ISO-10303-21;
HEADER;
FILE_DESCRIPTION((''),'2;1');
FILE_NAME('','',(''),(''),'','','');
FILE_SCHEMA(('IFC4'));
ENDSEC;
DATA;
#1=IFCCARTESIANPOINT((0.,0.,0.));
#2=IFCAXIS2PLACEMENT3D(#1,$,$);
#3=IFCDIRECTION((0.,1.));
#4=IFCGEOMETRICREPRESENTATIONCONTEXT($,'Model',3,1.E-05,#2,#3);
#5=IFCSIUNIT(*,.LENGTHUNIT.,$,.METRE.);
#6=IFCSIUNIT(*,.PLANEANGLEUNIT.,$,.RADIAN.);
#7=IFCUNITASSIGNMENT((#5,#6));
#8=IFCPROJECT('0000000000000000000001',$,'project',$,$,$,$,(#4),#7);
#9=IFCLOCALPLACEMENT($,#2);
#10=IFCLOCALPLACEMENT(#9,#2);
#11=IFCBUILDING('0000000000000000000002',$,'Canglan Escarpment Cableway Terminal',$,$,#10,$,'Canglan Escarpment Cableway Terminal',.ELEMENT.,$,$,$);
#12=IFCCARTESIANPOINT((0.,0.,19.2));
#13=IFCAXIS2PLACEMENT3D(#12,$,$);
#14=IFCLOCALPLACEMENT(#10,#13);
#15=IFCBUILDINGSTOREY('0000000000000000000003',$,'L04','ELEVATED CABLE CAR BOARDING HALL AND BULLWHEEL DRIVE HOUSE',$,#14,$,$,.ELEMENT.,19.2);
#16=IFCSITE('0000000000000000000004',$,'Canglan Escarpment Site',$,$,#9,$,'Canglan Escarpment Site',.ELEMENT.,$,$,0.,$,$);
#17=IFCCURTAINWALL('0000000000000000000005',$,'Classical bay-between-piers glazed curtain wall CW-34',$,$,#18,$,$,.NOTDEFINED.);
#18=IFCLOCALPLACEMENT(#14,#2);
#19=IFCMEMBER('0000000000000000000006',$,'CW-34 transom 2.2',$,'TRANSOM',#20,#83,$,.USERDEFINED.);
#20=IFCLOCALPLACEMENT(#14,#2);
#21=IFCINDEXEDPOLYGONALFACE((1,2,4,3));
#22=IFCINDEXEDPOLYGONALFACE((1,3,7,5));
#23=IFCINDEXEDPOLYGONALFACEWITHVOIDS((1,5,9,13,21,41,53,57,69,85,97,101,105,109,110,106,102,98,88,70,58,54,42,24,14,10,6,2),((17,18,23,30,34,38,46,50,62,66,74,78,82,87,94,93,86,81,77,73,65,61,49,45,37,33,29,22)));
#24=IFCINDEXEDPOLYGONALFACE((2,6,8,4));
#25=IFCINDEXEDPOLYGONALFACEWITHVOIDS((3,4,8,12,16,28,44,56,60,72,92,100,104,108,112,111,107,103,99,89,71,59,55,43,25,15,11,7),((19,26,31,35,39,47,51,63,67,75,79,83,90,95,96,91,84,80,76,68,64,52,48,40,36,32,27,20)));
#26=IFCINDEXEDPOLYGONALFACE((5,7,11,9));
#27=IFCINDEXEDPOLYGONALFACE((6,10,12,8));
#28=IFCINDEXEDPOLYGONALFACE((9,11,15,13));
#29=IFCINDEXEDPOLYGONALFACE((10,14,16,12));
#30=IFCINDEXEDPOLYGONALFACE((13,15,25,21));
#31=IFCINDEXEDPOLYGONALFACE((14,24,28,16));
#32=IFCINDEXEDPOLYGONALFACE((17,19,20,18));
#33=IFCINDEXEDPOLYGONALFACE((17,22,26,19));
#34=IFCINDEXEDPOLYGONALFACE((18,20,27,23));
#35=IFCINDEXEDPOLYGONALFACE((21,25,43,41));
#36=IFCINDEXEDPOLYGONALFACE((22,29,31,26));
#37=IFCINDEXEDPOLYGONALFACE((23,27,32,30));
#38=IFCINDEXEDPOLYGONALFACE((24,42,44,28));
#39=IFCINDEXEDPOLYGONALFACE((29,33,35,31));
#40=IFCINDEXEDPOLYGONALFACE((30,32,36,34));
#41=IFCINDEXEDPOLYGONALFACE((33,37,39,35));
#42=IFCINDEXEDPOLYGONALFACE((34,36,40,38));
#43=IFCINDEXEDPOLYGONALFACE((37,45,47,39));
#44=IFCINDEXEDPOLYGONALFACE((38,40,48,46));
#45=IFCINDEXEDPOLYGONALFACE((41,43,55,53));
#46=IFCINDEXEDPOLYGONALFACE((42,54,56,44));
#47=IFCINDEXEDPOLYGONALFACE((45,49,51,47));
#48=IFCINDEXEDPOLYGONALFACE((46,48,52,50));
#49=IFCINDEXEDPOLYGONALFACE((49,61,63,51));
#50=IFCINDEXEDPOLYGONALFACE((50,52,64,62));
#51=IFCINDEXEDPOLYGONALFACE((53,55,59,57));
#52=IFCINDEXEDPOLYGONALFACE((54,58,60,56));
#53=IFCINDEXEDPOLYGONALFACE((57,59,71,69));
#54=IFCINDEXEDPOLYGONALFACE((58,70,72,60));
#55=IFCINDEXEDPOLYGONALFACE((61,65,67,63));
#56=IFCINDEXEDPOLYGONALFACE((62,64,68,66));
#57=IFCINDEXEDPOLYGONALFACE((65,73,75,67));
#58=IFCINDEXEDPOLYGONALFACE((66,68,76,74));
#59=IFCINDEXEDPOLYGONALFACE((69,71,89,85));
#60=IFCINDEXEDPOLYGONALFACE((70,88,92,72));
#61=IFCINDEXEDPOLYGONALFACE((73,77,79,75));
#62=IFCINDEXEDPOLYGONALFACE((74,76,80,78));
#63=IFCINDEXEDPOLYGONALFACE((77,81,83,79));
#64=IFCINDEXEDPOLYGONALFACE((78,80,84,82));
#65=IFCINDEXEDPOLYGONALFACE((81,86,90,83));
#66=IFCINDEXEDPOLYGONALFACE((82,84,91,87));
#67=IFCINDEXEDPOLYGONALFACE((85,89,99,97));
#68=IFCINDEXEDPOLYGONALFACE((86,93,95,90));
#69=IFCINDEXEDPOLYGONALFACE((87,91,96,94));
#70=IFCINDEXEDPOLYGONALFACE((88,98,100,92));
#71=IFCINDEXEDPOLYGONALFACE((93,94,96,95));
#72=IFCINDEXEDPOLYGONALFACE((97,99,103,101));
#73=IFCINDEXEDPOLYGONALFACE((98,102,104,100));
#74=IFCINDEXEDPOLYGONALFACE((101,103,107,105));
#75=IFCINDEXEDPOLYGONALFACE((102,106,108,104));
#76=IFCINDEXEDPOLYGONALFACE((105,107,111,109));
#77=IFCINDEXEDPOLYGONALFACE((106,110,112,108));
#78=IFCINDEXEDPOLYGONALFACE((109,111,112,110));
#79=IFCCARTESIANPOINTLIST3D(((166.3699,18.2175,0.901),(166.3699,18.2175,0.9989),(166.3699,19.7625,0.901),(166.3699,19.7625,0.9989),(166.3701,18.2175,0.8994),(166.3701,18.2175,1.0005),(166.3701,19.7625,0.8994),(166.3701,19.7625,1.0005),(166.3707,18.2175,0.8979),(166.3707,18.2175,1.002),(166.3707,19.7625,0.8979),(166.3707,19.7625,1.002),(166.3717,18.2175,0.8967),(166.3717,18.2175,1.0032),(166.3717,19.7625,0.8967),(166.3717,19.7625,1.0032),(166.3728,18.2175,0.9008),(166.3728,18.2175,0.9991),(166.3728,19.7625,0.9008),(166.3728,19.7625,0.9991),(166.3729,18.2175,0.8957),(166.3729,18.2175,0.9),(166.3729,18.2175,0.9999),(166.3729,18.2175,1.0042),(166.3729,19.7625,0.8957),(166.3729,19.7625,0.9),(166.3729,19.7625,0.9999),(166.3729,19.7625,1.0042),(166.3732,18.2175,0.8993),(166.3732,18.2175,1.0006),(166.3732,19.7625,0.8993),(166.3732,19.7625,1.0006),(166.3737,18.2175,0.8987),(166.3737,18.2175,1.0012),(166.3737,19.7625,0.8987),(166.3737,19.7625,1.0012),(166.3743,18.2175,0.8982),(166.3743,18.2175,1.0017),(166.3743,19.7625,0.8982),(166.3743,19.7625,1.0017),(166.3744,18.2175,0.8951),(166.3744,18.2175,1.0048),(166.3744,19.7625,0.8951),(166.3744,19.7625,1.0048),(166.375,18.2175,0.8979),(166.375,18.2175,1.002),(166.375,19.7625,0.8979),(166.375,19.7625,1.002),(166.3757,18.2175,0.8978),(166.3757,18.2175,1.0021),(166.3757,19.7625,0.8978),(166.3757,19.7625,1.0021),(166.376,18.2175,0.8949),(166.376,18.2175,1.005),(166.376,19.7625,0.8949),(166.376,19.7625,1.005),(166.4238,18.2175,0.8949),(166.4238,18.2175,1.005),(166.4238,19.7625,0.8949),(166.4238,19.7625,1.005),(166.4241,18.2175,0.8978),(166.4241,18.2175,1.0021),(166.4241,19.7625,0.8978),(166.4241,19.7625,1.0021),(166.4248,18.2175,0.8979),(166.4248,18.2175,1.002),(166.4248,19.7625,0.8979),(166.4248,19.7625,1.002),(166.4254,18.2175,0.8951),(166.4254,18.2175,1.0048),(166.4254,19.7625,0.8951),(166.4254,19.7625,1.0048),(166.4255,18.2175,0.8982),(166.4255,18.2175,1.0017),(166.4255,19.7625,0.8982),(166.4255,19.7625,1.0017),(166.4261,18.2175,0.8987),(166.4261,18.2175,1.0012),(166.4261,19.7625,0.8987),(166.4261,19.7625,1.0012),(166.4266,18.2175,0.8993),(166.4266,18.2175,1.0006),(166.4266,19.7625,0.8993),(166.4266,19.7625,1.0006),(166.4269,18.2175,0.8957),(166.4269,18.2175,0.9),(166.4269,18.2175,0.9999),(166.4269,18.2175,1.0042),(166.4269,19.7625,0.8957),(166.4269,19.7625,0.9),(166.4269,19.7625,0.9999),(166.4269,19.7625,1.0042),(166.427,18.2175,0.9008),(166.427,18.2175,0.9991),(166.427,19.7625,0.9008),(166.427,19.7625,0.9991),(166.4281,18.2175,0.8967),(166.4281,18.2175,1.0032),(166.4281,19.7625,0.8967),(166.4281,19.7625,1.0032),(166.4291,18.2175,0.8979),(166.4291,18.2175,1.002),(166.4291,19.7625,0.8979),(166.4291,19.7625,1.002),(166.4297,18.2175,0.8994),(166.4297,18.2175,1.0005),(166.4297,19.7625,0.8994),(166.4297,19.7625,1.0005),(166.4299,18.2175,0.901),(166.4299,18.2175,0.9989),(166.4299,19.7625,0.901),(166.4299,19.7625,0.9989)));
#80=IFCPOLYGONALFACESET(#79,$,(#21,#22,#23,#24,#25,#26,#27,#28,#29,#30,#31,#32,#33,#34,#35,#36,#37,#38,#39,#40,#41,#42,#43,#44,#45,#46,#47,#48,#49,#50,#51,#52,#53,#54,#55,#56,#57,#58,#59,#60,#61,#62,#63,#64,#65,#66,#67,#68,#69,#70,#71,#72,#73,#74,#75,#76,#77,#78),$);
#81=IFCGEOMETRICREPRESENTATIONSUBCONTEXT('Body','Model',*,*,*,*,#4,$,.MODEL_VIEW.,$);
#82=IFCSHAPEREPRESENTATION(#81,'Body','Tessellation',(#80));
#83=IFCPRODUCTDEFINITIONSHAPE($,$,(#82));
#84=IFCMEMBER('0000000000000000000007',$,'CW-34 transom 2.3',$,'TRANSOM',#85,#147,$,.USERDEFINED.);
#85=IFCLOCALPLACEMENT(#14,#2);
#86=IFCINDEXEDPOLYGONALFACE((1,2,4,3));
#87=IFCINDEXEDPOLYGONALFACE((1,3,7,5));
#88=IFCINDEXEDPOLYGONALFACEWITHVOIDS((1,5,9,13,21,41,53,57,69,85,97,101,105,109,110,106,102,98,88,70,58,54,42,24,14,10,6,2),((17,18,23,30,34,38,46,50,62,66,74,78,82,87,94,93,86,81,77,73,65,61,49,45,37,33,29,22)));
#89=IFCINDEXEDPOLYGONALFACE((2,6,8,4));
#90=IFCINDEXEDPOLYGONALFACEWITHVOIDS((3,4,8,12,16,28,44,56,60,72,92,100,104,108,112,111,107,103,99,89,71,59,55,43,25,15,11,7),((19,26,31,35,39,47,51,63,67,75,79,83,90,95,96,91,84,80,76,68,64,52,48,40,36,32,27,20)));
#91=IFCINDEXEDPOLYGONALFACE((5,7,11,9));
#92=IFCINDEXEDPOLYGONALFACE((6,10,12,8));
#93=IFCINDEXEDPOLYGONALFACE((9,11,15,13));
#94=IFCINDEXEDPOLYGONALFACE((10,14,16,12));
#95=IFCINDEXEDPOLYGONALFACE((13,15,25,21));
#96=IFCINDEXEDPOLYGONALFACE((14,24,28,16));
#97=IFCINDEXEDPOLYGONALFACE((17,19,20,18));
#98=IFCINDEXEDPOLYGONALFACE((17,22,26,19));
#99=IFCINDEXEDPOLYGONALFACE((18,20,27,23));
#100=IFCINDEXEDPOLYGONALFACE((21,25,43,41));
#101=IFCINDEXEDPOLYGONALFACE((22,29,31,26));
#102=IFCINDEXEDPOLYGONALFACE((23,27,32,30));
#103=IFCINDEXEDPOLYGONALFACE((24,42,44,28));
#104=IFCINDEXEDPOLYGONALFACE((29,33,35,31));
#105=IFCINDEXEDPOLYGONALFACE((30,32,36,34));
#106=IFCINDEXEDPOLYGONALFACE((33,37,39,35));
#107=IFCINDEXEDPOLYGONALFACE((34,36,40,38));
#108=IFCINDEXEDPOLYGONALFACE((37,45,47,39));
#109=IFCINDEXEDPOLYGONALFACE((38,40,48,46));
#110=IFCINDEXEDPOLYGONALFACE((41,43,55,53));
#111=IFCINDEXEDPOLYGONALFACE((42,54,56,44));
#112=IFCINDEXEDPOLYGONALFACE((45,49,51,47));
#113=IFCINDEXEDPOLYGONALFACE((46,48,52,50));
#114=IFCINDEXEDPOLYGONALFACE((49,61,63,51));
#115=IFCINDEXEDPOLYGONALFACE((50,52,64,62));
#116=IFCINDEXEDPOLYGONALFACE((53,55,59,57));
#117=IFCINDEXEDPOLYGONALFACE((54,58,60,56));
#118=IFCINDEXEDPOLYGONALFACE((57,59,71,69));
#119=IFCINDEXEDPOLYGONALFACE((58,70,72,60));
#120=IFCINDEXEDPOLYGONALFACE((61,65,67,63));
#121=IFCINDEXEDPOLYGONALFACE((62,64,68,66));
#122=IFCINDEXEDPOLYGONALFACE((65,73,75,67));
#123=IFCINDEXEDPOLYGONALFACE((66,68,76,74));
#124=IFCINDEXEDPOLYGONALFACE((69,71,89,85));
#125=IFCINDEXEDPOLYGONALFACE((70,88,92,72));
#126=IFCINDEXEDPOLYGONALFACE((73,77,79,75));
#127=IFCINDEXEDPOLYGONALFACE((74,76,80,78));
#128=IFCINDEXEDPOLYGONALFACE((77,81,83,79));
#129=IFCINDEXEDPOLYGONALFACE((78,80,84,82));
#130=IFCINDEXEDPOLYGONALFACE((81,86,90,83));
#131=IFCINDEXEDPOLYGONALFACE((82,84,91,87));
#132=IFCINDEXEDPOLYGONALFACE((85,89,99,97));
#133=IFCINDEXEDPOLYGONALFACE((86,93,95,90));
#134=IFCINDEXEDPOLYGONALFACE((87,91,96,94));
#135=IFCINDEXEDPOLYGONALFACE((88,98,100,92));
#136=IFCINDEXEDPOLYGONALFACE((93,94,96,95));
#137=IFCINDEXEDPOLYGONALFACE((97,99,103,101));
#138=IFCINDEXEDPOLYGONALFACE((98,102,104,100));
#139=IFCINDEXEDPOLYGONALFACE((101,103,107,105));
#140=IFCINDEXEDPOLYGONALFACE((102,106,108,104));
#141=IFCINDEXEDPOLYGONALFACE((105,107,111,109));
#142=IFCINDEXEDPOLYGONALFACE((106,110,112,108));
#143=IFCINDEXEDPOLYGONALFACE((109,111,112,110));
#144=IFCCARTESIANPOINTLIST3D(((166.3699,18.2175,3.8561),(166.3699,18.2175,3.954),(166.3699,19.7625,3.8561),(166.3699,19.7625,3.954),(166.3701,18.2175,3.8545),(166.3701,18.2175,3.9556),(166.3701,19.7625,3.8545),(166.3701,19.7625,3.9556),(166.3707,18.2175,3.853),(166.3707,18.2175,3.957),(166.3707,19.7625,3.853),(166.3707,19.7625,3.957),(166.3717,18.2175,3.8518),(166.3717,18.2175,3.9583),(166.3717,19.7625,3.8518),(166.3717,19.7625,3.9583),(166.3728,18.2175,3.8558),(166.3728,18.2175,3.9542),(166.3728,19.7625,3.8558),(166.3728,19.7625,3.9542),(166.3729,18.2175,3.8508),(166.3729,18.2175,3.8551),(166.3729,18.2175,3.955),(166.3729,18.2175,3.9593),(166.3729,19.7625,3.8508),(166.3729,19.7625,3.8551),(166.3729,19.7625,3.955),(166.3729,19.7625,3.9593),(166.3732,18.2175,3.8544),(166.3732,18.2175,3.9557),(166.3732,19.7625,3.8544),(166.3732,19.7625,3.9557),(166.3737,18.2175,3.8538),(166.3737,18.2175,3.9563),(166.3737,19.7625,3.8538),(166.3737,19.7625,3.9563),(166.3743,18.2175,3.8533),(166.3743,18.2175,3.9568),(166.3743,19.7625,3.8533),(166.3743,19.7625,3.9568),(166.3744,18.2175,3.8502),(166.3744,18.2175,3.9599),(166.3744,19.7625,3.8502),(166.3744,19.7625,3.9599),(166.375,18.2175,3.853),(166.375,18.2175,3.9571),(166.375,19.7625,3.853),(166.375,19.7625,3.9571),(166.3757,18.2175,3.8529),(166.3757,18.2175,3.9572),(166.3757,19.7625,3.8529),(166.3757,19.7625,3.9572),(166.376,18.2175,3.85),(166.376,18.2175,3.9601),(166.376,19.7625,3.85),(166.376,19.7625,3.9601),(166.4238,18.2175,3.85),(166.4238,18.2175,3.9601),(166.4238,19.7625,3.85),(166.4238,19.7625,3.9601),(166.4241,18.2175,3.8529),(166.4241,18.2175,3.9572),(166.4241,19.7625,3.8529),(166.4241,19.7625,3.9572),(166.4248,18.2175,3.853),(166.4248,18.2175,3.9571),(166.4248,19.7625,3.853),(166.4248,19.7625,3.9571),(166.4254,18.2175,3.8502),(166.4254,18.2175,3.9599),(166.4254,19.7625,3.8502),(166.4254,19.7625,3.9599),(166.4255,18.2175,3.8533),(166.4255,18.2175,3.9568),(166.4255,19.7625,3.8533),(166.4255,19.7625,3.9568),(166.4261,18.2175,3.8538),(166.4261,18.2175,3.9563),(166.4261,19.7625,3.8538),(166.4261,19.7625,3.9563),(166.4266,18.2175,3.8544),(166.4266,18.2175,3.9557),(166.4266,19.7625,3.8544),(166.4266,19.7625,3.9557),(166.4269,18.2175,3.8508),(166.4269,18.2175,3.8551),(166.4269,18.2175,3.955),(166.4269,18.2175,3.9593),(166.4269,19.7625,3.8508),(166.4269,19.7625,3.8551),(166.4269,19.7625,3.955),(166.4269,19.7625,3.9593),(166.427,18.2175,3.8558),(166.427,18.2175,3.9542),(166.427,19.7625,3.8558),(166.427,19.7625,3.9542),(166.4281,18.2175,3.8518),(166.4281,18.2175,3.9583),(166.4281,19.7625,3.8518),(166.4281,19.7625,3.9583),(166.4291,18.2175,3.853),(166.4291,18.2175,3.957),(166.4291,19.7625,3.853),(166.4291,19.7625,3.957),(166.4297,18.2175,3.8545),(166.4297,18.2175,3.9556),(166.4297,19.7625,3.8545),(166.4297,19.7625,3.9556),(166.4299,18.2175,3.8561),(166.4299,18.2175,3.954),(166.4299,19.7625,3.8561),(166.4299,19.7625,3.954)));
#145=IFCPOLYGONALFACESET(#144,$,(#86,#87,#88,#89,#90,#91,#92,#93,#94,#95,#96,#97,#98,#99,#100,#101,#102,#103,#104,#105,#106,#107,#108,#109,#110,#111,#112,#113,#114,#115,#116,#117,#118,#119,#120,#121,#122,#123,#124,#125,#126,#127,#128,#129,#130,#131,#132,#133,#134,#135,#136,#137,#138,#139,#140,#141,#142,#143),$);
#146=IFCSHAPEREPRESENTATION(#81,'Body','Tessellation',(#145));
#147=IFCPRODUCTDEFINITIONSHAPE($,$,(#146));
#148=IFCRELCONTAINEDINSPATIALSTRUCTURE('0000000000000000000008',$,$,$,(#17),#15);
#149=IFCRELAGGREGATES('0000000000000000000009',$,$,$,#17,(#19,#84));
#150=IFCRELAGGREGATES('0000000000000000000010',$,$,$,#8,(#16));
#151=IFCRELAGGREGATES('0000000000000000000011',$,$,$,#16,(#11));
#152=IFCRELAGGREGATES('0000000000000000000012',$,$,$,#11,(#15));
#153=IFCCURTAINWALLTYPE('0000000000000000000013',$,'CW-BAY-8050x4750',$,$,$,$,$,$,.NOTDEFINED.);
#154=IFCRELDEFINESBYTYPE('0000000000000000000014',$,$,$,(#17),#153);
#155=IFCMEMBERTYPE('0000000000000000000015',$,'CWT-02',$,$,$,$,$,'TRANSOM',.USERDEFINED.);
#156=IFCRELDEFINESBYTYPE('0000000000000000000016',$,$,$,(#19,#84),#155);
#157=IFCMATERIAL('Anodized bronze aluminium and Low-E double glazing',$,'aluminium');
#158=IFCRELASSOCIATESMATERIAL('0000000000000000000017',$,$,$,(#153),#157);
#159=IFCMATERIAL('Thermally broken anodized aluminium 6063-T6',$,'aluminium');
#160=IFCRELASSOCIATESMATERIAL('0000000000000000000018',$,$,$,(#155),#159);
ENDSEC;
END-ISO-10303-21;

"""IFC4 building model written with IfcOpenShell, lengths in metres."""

from ifc_helpers import new_model, si_unit, direction, frame, origin, origin_2d, place, context, subcontext, project, spatial, hollow_rectangle, extrude, material, material_profile, profile_set, type_object, element, aggregate, save


model = new_model("IFC4")

# Units and contexts
model_context = context("Model", 3, precision=1e-05, world=origin(), true_north=direction((0.0, 1.0)))
body_context = subcontext(model_context, "Body", "Model", "MODEL_VIEW")
ifc_project = project(units=[si_unit("LENGTHUNIT", "METRE"), si_unit("PLANEANGLEUNIT", "RADIAN")], contexts=[model_context])

# Site, building, storey
site_placement = place(None, origin())
site = spatial("IfcSite", under=ifc_project, at=site_placement, Name="Canglan Escarpment Site", LongName="Canglan Escarpment Site", CompositionType="ELEMENT", RefElevation=0.0)
building_placement = place(site_placement, origin())
building = spatial("IfcBuilding", under=site, at=building_placement, Name="Canglan Escarpment Cableway Terminal", LongName="Canglan Escarpment Cableway Terminal", CompositionType="ELEMENT")
storey_placement = place(building_placement, frame((0.0, 0.0, 19.2)))
storey = spatial("IfcBuildingStorey", under=building, at=storey_placement, Name="L04", Description="ELEVATED CABLE CAR BOARDING HALL AND BULLWHEEL DRIVE HOUSE", CompositionType="ELEMENT", Elevation=19.2)

# Curtain wall
ifc_material_1 = material(Name="Anodized bronze aluminium and Low-E double glazing", Category="aluminium")
curtain_wall_type = type_object("IfcCurtainWallType", Name="CW-BAY-8050x4750", PredefinedType="NOTDEFINED", material=ifc_material_1)
ifc_material_2 = material(Name="Thermally broken anodized aluminium 6063-T6", Category="aluminium")
curtain_wall_1_placement = place(storey_placement, origin())
curtain_wall_1 = element("IfcCurtainWall", 1, at=curtain_wall_1_placement, inside=storey, type_object=curtain_wall_type, Name="Classical bay-between-piers glazed curtain wall CW-34", PredefinedType="NOTDEFINED")

# Members
ifc_material_profile_1 = material_profile(ifc_material_2, hollow_rectangle(XDim=0.0601, YDim=0.1101, WallThickness=0.0029, InnerFilletRadius=0.0029, OuterFilletRadius=0.0061, at=origin_2d()), Name="ALU-TRAN 60x110x3")
ifc_profile_set_1 = profile_set([ifc_material_profile_1], Name="Thermally broken anodized aluminium 6063-T6")
member_type_1 = type_object("IfcMemberType", Name="CWT-02", ElementType="TRANSOM", PredefinedType="USERDEFINED", material=ifc_profile_set_1)
member_1_placement = place(storey_placement, frame((166.3999, 18.2175, 0.95), z_axis=(0.0, 1.0, 0.0), x_axis=(-1.0, 0.0, 0.0)))
member_1 = element("IfcMember", 2, at=member_1_placement, type_object=member_type_1, Name="CW-34 transom 2.2", ObjectType="TRANSOM", PredefinedType="USERDEFINED", context=body_context, shape_type="SweptSolid", body=[
    extrude(hollow_rectangle(XDim=0.0601, YDim=0.1101, WallThickness=0.0029, InnerFilletRadius=0.0029, OuterFilletRadius=0.0061, at=origin_2d()), origin(), (0.0, 0.0, 1.0), 1.5449),
])
member_2_placement = place(storey_placement, frame((166.3999, 18.2175, 3.905), z_axis=(0.0, 1.0, 0.0), x_axis=(-1.0, 0.0, 0.0)))
member_2 = element("IfcMember", 3, at=member_2_placement, type_object=member_type_1, Name="CW-34 transom 2.3", ObjectType="TRANSOM", PredefinedType="USERDEFINED", context=body_context, shape_type="SweptSolid", body=[
    extrude(hollow_rectangle(XDim=0.0601, YDim=0.1101, WallThickness=0.0029, InnerFilletRadius=0.0029, OuterFilletRadius=0.0061, at=origin_2d()), origin(), (0.0, 0.0, 1.0), 1.5449),
])

aggregate(curtain_wall_1, [member_1, member_2])

save(model, "model.ifc")
